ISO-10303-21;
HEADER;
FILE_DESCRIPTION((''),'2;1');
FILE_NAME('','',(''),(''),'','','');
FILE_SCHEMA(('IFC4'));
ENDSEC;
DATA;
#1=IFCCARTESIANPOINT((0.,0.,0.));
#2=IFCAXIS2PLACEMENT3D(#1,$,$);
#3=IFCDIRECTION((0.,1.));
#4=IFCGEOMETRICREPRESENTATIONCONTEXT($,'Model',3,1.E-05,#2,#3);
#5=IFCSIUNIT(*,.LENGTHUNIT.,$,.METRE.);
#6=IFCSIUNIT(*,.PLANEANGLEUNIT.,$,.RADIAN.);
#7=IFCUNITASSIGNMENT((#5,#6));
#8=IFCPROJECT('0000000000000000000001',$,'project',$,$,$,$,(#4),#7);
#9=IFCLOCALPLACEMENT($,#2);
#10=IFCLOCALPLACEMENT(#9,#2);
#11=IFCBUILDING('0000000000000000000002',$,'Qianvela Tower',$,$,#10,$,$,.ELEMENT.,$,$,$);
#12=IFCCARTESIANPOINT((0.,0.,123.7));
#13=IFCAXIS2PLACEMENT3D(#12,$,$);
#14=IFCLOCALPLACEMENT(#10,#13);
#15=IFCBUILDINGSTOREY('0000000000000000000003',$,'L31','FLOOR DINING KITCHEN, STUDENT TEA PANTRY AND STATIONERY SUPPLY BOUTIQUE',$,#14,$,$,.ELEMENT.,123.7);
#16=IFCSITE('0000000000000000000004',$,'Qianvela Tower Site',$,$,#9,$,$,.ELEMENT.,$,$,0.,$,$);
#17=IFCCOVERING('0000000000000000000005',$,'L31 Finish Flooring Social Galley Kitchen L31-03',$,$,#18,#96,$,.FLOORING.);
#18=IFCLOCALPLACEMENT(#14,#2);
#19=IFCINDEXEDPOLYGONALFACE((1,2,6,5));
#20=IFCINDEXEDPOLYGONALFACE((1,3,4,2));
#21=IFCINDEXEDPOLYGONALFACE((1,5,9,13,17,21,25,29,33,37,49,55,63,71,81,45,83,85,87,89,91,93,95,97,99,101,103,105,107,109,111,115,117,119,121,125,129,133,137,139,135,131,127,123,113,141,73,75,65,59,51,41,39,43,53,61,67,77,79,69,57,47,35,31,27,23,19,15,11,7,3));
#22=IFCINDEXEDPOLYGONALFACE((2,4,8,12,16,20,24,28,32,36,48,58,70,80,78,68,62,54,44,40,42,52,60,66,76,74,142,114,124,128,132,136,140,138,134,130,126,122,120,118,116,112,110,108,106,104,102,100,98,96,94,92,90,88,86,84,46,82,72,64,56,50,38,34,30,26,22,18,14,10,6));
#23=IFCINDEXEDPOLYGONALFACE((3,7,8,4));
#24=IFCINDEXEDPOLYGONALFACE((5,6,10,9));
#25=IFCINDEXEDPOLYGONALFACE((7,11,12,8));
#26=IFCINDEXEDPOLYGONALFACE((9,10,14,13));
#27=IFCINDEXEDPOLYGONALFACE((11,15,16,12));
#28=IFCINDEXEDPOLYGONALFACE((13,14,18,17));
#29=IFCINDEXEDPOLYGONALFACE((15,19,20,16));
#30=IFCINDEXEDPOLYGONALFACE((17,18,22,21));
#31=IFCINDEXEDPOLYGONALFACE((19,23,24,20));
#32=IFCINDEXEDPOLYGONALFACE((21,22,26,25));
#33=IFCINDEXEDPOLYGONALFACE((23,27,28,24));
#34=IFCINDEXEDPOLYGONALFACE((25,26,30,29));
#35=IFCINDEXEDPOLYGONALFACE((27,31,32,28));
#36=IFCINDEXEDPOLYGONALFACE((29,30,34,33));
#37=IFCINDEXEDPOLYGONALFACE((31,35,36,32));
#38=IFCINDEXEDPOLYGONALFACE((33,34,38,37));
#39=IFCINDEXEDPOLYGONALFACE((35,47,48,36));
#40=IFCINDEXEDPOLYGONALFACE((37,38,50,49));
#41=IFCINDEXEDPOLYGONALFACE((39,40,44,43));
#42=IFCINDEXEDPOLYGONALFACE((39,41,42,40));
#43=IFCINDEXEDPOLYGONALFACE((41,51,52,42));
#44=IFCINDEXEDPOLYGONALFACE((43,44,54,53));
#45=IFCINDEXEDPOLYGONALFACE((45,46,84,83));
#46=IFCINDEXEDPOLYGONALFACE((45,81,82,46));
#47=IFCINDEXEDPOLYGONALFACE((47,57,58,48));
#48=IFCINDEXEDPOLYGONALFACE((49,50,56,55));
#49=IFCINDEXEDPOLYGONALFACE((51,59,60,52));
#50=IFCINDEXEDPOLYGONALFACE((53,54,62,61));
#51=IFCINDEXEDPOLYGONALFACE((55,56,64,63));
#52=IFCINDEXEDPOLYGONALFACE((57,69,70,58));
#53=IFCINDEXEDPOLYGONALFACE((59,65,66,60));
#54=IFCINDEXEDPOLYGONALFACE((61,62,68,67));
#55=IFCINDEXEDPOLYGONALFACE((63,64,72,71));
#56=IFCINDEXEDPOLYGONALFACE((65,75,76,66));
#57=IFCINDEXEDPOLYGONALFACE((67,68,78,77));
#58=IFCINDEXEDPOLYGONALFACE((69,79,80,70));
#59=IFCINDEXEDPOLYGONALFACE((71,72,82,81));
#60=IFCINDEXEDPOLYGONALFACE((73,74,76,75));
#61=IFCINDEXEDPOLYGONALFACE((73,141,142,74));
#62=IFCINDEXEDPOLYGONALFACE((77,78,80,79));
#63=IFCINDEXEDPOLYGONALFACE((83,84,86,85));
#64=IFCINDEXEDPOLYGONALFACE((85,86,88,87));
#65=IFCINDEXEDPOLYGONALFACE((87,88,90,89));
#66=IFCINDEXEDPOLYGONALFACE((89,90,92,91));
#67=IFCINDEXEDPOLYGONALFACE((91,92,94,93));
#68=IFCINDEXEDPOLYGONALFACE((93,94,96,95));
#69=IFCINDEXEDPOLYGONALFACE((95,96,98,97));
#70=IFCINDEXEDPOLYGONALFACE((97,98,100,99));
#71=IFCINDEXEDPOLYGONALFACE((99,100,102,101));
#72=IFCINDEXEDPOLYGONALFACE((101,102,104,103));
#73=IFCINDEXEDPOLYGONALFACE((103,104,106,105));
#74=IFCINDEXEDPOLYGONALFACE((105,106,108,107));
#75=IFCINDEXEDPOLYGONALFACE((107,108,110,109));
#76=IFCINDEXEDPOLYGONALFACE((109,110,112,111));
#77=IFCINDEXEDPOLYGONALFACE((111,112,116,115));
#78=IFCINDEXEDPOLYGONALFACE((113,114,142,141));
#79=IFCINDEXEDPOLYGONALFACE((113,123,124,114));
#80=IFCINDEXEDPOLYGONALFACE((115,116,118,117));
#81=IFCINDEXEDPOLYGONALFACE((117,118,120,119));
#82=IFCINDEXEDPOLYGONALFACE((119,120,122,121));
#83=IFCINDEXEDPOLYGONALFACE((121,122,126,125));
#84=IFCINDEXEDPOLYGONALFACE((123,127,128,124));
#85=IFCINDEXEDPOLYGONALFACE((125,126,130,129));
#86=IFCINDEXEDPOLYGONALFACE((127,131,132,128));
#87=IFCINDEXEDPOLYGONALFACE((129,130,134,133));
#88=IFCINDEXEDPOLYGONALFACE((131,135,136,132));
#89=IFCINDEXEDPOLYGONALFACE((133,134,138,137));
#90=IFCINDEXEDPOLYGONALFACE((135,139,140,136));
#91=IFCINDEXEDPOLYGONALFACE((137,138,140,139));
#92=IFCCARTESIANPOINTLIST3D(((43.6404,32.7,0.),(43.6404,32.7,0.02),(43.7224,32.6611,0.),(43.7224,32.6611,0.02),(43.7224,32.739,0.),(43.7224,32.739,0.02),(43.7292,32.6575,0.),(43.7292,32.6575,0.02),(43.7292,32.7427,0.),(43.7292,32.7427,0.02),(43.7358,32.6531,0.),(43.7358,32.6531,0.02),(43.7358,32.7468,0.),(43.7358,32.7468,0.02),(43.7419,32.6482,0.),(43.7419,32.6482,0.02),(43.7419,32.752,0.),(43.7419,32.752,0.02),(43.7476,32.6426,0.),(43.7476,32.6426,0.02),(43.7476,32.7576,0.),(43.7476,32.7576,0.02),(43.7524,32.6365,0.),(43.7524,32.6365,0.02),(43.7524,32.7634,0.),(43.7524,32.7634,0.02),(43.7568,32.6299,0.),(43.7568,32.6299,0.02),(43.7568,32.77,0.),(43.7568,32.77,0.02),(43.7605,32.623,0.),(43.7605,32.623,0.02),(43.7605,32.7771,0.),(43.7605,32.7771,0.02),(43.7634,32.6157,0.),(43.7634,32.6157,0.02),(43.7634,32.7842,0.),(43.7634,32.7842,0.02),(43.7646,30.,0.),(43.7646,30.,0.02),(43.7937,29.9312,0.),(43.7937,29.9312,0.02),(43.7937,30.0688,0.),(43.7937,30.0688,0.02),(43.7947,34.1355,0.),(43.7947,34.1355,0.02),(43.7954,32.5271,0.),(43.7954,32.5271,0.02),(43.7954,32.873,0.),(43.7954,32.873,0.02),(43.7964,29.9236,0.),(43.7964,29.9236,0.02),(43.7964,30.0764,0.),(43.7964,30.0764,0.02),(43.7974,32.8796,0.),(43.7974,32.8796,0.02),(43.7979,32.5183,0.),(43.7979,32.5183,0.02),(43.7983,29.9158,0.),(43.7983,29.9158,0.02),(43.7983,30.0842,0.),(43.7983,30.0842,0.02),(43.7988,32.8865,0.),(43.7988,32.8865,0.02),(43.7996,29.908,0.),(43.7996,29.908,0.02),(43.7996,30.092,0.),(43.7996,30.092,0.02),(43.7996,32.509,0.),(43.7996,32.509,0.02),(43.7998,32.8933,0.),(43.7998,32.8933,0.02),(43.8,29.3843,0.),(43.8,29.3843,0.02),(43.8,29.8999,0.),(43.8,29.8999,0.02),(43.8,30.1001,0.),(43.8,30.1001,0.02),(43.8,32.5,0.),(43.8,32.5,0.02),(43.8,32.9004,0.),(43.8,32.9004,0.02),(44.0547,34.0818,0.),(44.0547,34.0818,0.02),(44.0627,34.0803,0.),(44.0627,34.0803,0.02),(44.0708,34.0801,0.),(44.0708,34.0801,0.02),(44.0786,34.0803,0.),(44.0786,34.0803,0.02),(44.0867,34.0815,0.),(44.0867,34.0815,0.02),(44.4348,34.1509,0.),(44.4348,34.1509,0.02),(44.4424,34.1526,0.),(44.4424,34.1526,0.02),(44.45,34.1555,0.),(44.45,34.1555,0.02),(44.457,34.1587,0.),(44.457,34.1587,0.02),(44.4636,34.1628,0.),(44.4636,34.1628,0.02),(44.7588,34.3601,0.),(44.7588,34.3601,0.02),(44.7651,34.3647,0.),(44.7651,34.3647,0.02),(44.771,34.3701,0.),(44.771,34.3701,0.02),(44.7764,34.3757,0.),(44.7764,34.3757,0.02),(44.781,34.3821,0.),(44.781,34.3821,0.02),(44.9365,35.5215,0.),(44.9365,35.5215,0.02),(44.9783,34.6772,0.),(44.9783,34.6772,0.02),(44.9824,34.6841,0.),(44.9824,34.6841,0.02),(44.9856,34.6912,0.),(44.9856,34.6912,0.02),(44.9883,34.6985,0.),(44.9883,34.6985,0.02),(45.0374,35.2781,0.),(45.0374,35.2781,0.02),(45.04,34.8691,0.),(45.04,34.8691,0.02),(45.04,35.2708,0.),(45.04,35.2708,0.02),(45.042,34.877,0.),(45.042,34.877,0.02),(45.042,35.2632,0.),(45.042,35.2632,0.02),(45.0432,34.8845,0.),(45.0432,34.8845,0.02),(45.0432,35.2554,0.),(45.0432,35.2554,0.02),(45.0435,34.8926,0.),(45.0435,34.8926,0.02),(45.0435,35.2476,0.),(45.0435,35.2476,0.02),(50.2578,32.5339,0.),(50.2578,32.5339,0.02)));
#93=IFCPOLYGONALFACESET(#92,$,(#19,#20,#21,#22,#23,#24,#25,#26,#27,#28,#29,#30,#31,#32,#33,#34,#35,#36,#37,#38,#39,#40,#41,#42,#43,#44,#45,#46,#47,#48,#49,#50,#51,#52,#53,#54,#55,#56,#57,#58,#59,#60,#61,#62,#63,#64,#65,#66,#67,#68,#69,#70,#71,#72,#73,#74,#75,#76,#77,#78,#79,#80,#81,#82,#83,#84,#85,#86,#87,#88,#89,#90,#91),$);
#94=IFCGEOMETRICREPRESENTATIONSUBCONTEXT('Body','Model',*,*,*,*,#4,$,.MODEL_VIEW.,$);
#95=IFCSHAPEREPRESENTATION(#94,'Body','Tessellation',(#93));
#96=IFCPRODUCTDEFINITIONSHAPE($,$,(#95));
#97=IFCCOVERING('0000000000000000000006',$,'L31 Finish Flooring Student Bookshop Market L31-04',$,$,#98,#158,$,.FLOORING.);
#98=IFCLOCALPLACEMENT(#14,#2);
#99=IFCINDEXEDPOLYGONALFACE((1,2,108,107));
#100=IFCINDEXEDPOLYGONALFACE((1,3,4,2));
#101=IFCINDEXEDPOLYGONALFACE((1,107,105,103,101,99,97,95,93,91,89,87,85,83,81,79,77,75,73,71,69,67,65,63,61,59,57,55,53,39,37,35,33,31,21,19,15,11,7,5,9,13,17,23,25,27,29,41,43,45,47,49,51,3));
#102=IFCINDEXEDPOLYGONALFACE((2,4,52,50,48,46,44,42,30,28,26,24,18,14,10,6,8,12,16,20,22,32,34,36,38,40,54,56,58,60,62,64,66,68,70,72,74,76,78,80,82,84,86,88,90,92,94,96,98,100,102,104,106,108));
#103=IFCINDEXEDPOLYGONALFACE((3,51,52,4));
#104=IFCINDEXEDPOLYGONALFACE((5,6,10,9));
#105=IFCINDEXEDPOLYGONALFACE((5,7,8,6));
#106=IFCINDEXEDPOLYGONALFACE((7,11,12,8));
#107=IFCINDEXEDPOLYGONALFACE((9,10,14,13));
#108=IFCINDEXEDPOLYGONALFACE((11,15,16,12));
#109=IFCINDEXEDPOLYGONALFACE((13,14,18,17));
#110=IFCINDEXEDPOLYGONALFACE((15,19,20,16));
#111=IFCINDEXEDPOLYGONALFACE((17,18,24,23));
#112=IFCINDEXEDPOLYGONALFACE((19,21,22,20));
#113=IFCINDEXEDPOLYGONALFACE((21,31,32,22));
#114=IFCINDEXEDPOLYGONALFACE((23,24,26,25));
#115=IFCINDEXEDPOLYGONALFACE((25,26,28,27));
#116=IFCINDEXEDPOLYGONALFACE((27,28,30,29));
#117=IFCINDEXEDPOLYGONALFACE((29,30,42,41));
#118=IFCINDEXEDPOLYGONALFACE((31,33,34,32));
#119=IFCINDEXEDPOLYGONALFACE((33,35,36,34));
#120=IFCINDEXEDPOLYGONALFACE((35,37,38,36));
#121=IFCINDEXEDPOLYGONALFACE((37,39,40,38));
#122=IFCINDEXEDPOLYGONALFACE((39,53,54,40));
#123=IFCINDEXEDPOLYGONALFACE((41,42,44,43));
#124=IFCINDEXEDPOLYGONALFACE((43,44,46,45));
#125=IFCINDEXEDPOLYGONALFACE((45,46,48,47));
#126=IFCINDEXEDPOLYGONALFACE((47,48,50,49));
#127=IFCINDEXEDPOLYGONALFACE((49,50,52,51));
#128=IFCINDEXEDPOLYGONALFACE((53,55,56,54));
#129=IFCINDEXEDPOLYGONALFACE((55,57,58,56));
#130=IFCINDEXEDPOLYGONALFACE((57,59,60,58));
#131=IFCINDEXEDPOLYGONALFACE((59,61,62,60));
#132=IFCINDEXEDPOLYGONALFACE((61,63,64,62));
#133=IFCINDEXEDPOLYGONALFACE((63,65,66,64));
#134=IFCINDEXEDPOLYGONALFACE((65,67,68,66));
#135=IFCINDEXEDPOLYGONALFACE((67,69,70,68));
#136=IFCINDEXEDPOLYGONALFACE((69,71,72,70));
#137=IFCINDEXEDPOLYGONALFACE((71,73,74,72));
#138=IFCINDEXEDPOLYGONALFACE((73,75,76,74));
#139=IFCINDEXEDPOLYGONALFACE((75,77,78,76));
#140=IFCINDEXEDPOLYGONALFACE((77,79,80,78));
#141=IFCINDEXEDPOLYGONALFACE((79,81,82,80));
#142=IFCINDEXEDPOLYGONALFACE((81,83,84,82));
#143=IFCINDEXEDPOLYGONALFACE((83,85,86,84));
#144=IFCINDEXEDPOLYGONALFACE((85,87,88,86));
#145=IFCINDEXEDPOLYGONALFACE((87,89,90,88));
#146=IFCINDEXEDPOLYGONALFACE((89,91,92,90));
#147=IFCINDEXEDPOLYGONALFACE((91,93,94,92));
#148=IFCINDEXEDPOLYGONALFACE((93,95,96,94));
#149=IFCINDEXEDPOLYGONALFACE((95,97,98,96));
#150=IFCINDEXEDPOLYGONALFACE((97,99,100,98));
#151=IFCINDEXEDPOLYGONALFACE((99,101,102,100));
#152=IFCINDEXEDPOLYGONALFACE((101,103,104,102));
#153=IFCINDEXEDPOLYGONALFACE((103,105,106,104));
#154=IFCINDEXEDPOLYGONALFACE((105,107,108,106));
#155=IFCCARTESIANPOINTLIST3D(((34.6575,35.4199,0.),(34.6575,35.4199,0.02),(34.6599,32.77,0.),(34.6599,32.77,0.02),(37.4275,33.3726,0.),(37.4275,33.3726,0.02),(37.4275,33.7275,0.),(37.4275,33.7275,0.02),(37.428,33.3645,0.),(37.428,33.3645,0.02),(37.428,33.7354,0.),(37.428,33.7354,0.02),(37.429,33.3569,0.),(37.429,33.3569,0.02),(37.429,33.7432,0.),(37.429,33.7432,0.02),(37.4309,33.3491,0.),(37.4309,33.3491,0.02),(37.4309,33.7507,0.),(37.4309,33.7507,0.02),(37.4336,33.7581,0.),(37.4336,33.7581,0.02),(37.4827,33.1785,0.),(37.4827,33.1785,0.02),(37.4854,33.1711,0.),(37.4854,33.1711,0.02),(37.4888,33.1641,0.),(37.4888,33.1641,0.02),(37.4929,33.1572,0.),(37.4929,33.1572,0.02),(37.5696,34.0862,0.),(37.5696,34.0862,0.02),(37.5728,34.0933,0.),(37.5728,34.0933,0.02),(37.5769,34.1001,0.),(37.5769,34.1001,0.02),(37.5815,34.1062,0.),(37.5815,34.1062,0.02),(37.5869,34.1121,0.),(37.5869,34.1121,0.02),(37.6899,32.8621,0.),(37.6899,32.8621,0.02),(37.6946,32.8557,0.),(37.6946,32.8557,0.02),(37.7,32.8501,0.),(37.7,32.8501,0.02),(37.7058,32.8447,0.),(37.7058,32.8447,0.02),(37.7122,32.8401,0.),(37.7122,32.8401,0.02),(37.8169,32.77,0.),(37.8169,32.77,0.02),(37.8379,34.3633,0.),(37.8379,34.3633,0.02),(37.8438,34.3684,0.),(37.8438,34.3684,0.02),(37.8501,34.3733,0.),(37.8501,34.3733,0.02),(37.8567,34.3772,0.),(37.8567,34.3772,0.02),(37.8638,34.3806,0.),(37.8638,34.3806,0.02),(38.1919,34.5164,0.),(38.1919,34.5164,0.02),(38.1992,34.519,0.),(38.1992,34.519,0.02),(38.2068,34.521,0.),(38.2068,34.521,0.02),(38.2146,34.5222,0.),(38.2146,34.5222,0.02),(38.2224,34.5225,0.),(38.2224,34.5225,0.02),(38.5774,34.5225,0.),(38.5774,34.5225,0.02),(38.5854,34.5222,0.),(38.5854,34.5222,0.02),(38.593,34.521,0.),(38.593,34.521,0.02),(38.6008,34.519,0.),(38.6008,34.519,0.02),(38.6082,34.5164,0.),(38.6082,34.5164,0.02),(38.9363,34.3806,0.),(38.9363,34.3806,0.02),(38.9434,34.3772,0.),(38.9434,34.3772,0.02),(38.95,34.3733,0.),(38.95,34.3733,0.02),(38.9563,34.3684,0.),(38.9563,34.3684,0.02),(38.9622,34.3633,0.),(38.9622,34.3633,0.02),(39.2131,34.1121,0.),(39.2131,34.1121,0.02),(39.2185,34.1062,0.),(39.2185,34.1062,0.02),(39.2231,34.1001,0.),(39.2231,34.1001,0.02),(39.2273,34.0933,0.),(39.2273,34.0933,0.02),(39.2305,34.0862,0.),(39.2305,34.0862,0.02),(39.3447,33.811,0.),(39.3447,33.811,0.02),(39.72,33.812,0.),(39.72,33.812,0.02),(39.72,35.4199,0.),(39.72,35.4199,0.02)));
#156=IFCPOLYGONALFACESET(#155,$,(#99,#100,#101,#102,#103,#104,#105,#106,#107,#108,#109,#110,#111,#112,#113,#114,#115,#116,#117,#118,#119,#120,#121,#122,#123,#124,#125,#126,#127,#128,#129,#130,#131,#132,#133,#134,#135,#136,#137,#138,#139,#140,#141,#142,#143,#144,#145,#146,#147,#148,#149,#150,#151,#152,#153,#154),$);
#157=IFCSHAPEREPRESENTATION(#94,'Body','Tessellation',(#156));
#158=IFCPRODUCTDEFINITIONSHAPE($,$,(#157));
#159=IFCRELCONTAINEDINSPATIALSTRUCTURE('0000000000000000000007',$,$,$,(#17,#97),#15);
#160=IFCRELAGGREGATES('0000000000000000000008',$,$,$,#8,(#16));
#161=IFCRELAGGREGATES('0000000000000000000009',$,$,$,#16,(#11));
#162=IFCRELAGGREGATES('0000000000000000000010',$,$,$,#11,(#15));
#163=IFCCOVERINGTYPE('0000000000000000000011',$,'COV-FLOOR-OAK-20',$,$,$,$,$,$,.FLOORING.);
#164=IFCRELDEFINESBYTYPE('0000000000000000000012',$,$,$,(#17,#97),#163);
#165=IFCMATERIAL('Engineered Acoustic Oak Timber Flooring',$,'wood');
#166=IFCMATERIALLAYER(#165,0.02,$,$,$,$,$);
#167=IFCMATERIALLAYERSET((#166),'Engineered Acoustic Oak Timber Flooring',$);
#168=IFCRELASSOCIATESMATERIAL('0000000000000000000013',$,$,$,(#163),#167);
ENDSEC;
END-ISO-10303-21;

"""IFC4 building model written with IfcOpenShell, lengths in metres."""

from ifc_helpers import new_model, si_unit, direction, frame, origin, place, context, subcontext, project, spatial, polyline, outline, extrude, material, layer, layer_set, type_object, element, save


model = new_model("IFC4")

# Units and contexts
model_context = context("Model", 3, precision=1e-05, world=origin(), true_north=direction((0.0, 1.0)))
body_context = subcontext(model_context, "Body", "Model", "MODEL_VIEW")
ifc_project = project(units=[si_unit("LENGTHUNIT", "METRE"), si_unit("PLANEANGLEUNIT", "RADIAN")], contexts=[model_context])

# Site, building, storey
site_placement = place(None, origin())
site = spatial("IfcSite", under=ifc_project, at=site_placement, Name="Qianvela Tower Site", CompositionType="ELEMENT", RefElevation=0.0)
building_placement = place(site_placement, origin())
building = spatial("IfcBuilding", under=site, at=building_placement, Name="Qianvela Tower", CompositionType="ELEMENT")
storey_placement = place(building_placement, frame((0.0, 0.0, 123.7)))
storey = spatial("IfcBuildingStorey", under=building, at=storey_placement, Name="L31", Description="FLOOR DINING KITCHEN, STUDENT TEA PANTRY AND STATIONERY SUPPLY BOUTIQUE", CompositionType="ELEMENT", Elevation=123.7)

# Coverings
ifc_material_1 = material(Name="Engineered Acoustic Oak Timber Flooring", Category="wood")
ifc_layer_1 = layer(ifc_material_1, 0.02)
ifc_layer_set_1 = layer_set([ifc_layer_1], Name="Engineered Acoustic Oak Timber Flooring")
covering_type_1 = type_object("IfcCoveringType", Name="COV-FLOOR-OAK-20", PredefinedType="FLOORING", material=ifc_layer_set_1)
covering_1_placement = place(storey_placement, origin())
element("IfcCovering", 1, at=covering_1_placement, inside=storey, type_object=covering_type_1, Name="L31 Finish Flooring Social Galley Kitchen L31-03", PredefinedType="FLOORING", context=body_context, shape_type="SweptSolid", body=[
    extrude(outline(polyline([(43.6404, 32.7), (43.7224, 32.739), (43.7292, 32.7427), (43.7358, 32.7468), (43.7419, 32.752), (43.7476, 32.7576), (43.7524, 32.7634), (43.7568, 32.77), (43.7605, 32.7771), (43.7634, 32.7842), (43.7954, 32.873), (43.7974, 32.8796), (43.7988, 32.8865), (43.7998, 32.8933), (43.8, 32.9004), (43.7947, 34.1355), (44.0547, 34.0818), (44.0627, 34.0803), (44.0708, 34.0801), (44.0786, 34.0803), (44.0867, 34.0815), (44.4348, 34.1509), (44.4424, 34.1526), (44.45, 34.1555), (44.457, 34.1587), (44.4636, 34.1628), (44.7588, 34.3601), (44.7651, 34.3647), (44.771, 34.3701), (44.7764, 34.3757), (44.781, 34.3821), (44.9783, 34.6772), (44.9824, 34.6841), (44.9856, 34.6912), (44.9883, 34.6985), (45.04, 34.8691), (45.042, 34.877), (45.0432, 34.8845), (45.0435, 34.8926), (45.0435, 35.2476), (45.0432, 35.2554), (45.042, 35.2632), (45.04, 35.2708), (45.0374, 35.2781), (44.9365, 35.5215), (50.2578, 32.5339), (43.8, 29.3843), (43.8, 29.8999), (43.7996, 29.908), (43.7983, 29.9158), (43.7964, 29.9236), (43.7937, 29.9312), (43.7646, 30.0), (43.7937, 30.0688), (43.7964, 30.0764), (43.7983, 30.0842), (43.7996, 30.092), (43.8, 30.1001), (43.8, 32.5), (43.7996, 32.509), (43.7979, 32.5183), (43.7954, 32.5271), (43.7634, 32.6157), (43.7605, 32.623), (43.7568, 32.6299), (43.7524, 32.6365), (43.7476, 32.6426), (43.7419, 32.6482), (43.7358, 32.6531), (43.7292, 32.6575), (43.7224, 32.6611), (43.6404, 32.7)])), origin(), (0.0, 0.0, 1.0), 0.02),
])
covering_2_placement = place(storey_placement, origin())
element("IfcCovering", 2, at=covering_2_placement, inside=storey, type_object=covering_type_1, Name="L31 Finish Flooring Student Bookshop Market L31-04", PredefinedType="FLOORING", context=body_context, shape_type="SweptSolid", body=[
    extrude(outline(polyline([(34.6575, 35.4199), (39.72, 35.4199), (39.72, 33.812), (39.3447, 33.811), (39.2305, 34.0862), (39.2273, 34.0933), (39.2231, 34.1001), (39.2185, 34.1062), (39.2131, 34.1121), (38.9622, 34.3633), (38.9563, 34.3684), (38.95, 34.3733), (38.9434, 34.3772), (38.9363, 34.3806), (38.6082, 34.5164), (38.6008, 34.519), (38.593, 34.521), (38.5854, 34.5222), (38.5774, 34.5225), (38.2224, 34.5225), (38.2146, 34.5222), (38.2068, 34.521), (38.1992, 34.519), (38.1919, 34.5164), (37.8638, 34.3806), (37.8567, 34.3772), (37.8501, 34.3733), (37.8438, 34.3684), (37.8379, 34.3633), (37.5869, 34.1121), (37.5815, 34.1062), (37.5769, 34.1001), (37.5728, 34.0933), (37.5696, 34.0862), (37.4336, 33.7581), (37.4309, 33.7507), (37.429, 33.7432), (37.428, 33.7354), (37.4275, 33.7275), (37.4275, 33.3726), (37.428, 33.3645), (37.429, 33.3569), (37.4309, 33.3491), (37.4827, 33.1785), (37.4854, 33.1711), (37.4888, 33.1641), (37.4929, 33.1572), (37.6899, 32.8621), (37.6946, 32.8557), (37.7, 32.8501), (37.7058, 32.8447), (37.7122, 32.8401), (37.8169, 32.77), (34.6599, 32.77), (34.6575, 35.4199)])), origin(), (0.0, 0.0, 1.0), 0.02),
])

save(model, "model.ifc")
